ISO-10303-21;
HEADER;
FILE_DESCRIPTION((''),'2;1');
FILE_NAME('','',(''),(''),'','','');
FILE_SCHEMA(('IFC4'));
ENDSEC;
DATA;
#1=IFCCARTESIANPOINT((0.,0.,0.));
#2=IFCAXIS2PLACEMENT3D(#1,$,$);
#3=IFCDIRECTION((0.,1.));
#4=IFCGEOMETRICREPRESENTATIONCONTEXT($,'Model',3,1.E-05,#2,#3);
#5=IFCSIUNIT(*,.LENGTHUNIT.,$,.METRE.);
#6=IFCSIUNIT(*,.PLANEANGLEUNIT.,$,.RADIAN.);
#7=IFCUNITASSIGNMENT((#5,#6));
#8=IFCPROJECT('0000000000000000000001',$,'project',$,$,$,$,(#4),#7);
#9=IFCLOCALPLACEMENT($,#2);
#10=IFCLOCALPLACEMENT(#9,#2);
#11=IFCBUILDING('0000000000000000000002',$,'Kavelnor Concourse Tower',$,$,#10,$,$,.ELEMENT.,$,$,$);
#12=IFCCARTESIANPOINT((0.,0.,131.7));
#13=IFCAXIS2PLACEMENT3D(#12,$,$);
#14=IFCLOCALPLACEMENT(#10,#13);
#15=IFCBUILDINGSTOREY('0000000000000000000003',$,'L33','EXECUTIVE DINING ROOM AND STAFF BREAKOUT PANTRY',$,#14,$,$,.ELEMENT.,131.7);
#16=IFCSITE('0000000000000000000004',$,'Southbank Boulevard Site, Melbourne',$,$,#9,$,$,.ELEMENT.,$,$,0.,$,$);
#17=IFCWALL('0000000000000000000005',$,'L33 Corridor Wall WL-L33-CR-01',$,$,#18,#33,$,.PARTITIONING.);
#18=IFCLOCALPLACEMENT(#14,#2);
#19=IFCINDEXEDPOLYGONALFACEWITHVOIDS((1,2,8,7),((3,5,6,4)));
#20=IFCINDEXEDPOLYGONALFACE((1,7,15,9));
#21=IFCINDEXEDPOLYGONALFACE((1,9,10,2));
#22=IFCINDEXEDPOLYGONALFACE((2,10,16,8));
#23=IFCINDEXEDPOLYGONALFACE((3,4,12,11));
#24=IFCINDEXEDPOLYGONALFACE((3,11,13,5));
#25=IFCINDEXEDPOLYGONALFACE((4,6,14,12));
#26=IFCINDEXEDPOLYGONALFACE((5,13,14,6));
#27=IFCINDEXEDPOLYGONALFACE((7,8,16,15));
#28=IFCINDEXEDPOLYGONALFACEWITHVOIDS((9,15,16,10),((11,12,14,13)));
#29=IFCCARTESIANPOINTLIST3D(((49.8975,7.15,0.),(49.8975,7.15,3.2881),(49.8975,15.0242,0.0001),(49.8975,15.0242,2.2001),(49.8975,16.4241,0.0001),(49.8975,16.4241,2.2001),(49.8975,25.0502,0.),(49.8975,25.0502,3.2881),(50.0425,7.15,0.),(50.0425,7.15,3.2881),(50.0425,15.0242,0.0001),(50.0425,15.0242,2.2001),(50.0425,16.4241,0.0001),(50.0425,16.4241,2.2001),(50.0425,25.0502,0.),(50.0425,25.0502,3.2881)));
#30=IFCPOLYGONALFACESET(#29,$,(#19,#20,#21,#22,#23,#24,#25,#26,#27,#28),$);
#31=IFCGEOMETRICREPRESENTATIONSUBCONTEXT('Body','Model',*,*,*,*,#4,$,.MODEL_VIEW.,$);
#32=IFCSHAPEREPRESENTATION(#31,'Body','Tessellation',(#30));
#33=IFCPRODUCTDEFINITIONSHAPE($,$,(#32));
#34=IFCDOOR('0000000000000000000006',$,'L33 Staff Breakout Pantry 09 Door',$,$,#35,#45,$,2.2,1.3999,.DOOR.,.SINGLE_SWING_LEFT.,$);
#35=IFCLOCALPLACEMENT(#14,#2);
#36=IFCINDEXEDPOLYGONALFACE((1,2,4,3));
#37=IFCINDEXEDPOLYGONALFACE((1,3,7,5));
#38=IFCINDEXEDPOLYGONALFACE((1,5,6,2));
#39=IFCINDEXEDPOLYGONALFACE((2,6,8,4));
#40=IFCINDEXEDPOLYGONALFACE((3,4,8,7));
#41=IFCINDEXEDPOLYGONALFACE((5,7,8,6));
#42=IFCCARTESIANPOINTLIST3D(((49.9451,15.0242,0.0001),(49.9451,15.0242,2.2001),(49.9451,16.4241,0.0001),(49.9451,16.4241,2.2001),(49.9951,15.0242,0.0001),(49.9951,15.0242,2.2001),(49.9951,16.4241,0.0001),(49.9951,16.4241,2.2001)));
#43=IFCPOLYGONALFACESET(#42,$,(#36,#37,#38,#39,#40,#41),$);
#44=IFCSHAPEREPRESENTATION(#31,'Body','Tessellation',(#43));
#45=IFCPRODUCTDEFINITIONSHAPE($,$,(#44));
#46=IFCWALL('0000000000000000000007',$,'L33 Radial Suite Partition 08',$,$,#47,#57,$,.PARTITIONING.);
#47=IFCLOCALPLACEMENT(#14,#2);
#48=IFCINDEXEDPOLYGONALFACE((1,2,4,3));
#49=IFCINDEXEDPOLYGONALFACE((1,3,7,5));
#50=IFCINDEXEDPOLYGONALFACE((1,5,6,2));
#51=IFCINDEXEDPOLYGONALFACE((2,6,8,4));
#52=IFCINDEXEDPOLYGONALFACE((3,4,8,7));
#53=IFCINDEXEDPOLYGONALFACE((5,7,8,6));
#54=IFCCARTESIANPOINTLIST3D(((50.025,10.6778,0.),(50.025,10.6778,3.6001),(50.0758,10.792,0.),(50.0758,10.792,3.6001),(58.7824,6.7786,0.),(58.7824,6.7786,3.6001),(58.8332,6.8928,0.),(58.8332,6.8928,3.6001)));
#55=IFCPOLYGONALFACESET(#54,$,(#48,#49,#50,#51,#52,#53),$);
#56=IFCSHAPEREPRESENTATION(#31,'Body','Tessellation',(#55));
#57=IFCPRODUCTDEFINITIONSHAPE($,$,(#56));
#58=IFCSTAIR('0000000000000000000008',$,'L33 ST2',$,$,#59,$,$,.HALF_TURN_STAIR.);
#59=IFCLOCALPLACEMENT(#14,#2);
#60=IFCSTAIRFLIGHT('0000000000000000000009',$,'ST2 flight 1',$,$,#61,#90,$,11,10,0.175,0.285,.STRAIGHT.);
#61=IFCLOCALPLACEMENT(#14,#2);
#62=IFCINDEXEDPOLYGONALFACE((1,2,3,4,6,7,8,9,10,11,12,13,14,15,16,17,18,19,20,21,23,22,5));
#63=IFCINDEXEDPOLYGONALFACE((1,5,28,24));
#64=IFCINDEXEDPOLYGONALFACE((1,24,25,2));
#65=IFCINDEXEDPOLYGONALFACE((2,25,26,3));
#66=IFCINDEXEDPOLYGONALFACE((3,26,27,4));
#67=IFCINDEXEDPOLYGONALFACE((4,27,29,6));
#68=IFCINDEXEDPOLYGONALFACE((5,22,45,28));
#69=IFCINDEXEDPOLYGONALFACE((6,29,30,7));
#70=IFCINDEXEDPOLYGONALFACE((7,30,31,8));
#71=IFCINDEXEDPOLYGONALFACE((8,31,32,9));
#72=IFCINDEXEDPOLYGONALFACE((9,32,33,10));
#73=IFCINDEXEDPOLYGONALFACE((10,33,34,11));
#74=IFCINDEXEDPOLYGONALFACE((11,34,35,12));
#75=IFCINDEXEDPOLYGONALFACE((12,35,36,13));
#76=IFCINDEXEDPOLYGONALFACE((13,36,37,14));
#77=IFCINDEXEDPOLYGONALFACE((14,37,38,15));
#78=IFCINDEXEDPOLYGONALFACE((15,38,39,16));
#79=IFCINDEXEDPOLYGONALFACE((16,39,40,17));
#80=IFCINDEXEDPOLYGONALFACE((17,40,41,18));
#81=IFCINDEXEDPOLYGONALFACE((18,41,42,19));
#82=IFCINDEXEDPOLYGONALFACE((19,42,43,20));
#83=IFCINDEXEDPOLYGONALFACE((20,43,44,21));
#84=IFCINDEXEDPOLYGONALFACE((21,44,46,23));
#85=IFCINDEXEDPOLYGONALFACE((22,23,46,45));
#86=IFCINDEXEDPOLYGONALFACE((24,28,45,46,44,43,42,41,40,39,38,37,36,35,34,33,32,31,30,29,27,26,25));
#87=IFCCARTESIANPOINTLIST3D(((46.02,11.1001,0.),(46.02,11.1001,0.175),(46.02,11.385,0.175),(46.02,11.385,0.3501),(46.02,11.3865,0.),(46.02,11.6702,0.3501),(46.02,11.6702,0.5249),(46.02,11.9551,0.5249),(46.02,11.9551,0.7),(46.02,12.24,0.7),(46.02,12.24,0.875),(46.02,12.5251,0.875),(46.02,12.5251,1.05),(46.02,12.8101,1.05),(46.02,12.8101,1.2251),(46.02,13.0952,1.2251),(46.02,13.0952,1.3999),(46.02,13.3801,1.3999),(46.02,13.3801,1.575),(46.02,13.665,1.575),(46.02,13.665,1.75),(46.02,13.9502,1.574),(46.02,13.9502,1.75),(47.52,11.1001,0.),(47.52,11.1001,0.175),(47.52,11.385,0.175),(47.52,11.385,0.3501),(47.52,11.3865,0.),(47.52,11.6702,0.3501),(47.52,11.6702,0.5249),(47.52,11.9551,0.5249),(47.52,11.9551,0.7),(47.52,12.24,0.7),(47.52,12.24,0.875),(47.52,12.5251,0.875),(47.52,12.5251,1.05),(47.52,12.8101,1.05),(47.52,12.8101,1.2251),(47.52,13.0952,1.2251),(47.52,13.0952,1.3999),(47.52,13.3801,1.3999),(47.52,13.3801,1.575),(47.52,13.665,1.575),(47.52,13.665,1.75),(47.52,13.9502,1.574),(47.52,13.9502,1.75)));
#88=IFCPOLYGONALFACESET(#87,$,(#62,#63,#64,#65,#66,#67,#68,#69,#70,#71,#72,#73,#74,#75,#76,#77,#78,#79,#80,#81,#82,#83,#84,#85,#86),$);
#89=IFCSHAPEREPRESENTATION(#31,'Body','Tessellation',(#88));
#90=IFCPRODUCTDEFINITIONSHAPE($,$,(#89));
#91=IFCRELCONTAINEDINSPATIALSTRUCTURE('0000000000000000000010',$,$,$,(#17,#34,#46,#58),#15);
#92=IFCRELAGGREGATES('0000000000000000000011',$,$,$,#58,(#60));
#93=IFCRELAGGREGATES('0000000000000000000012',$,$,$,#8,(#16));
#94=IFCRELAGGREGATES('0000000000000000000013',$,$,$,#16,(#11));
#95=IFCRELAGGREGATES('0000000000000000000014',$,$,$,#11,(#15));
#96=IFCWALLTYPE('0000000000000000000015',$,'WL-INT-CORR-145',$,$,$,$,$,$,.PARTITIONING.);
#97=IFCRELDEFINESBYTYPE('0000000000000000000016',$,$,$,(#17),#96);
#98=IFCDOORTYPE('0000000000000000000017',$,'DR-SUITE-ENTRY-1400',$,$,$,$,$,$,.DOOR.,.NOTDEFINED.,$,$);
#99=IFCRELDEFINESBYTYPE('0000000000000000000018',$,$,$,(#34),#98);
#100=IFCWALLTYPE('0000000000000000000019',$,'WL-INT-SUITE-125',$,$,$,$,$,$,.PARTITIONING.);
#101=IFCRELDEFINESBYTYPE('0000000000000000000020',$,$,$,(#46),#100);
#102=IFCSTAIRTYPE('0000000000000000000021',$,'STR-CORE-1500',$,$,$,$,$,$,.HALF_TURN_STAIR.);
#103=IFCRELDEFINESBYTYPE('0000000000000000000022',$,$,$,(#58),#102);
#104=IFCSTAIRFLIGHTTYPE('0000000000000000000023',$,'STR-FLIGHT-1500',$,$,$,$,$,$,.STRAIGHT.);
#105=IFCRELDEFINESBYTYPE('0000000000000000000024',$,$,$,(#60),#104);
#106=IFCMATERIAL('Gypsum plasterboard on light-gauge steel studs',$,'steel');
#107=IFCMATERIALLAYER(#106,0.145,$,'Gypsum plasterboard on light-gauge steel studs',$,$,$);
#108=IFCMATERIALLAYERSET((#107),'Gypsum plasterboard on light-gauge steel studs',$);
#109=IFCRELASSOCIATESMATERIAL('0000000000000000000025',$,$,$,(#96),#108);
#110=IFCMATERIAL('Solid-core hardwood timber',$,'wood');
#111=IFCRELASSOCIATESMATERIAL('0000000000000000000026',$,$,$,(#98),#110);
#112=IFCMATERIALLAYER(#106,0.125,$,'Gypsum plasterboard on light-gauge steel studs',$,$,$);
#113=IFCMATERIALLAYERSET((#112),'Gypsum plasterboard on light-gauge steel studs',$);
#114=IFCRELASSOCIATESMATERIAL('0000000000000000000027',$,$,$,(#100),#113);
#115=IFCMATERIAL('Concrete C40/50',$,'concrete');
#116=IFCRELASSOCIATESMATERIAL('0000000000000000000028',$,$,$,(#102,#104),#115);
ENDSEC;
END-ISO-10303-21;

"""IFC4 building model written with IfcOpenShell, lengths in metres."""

from ifc_helpers import new_model, si_unit, direction, frame, frame_2d, origin, place, context, subcontext, project, spatial, polyline, rectangle, outline, extrude, material, layer, layer_set, type_object, element, fill, aggregate, save


model = new_model("IFC4")

# Units and contexts
model_context = context("Model", 3, precision=1e-05, world=origin(), true_north=direction((0.0, 1.0)))
body_context = subcontext(model_context, "Body", "Model", "MODEL_VIEW")
ifc_project = project(units=[si_unit("LENGTHUNIT", "METRE"), si_unit("PLANEANGLEUNIT", "RADIAN")], contexts=[model_context])

# Site, building, storey
site_placement = place(None, origin())
site = spatial("IfcSite", under=ifc_project, at=site_placement, Name="Southbank Boulevard Site, Melbourne", CompositionType="ELEMENT", RefElevation=0.0)
building_placement = place(site_placement, origin())
building = spatial("IfcBuilding", under=site, at=building_placement, Name="Kavelnor Concourse Tower", CompositionType="ELEMENT")
storey_placement = place(building_placement, frame((0.0, 0.0, 131.7)))
storey = spatial("IfcBuildingStorey", under=building, at=storey_placement, Name="L33", Description="EXECUTIVE DINING ROOM AND STAFF BREAKOUT PANTRY", CompositionType="ELEMENT", Elevation=131.7)

# Wall, opening, door
ifc_material_1 = material(Name="Gypsum plasterboard on light-gauge steel studs", Category="steel")
ifc_layer_1 = layer(ifc_material_1, 0.145, Name="Gypsum plasterboard on light-gauge steel studs")
ifc_layer_set_1 = layer_set([ifc_layer_1], Name="Gypsum plasterboard on light-gauge steel studs")
wall_type_1 = type_object("IfcWallType", Name="WL-INT-CORR-145", PredefinedType="PARTITIONING", material=ifc_layer_set_1)
wall_1_placement = place(storey_placement, frame((49.97, 7.1499, 0.0), z_axis=(0.0, 0.0, 1.0), x_axis=(0.0, 1.0, 0.0)))
wall_1 = element("IfcWall", 1, at=wall_1_placement, inside=storey, type_object=wall_type_1, Name="L33 Corridor Wall WL-L33-CR-01", PredefinedType="PARTITIONING", context=body_context, shape_type="SweptSolid", body=[
    extrude(rectangle(XDim=17.9001, YDim=0.145, at=frame_2d((8.9502, 0.0))), origin(), (0.0, 0.0, 1.0), 3.2881),
])
opening_1_placement = place(wall_1_placement, frame((7.8743, 0.0, 0.0)))
opening_1 = element("IfcOpeningElement", 2, at=opening_1_placement, cuts=wall_1, PredefinedType="OPENING", context=body_context, shape_type="SweptSolid", body=[
    extrude(rectangle(XDim=1.3999, YDim=2.2, at=frame_2d((0.7, 1.1001))), frame((0.0, 0.0825, 0.0), z_axis=(0.0, -1.0, 0.0), x_axis=(1.0, 0.0, 0.0)), (0.0, 0.0, 1.0), 0.165),
])
ifc_material_2 = material(Name="Solid-core hardwood timber", Category="wood")
door_type_1 = type_object("IfcDoorType", Name="DR-SUITE-ENTRY-1400", OperationType="NOTDEFINED", PredefinedType="DOOR", material=ifc_material_2)
door_1_placement = place(opening_1_placement, origin())
door_1 = element("IfcDoor", 3, at=door_1_placement, inside=storey, type_object=door_type_1, Name="L33 Staff Breakout Pantry 09 Door", OperationType="SINGLE_SWING_LEFT", OverallHeight=2.2, OverallWidth=1.3999, PredefinedType="DOOR", context=body_context, shape_type="SweptSolid", body=[
    extrude(rectangle(XDim=1.3999, YDim=2.2, at=frame_2d((0.7, 1.1001))), frame((0.0, 0.0249, 0.0), z_axis=(0.0, -1.0, 0.0), x_axis=(1.0, 0.0, 0.0)), (0.0, 0.0, 1.0), 0.05),
])
fill(opening_1, door_1)

# Wall
ifc_layer_2 = layer(ifc_material_1, 0.125, Name="Gypsum plasterboard on light-gauge steel studs")
ifc_layer_set_2 = layer_set([ifc_layer_2], Name="Gypsum plasterboard on light-gauge steel studs")
wall_type_2 = type_object("IfcWallType", Name="WL-INT-SUITE-125", PredefinedType="PARTITIONING", material=ifc_layer_set_2)
wall_2_placement = place(storey_placement, frame((50.0505, 10.7349, 0.0), z_axis=(0.0, 0.0, 1.0), x_axis=(0.913539, -0.40675, 0.0)))
element("IfcWall", 4, at=wall_2_placement, inside=storey, type_object=wall_type_2, Name="L33 Radial Suite Partition 08", PredefinedType="PARTITIONING", context=body_context, shape_type="SweptSolid", body=[
    extrude(rectangle(XDim=9.5862, YDim=0.125, at=frame_2d((4.793, 0.0))), origin(), (0.0, 0.0, 1.0), 3.6001),
])

# Stair, stair flight
ifc_material_3 = material(Name="Concrete C40/50", Category="concrete")
stair_type = type_object("IfcStairType", Name="STR-CORE-1500", PredefinedType="HALF_TURN_STAIR", material=ifc_material_3)
stair_placement = place(storey_placement, origin())
stair = element("IfcStair", 5, at=stair_placement, inside=storey, type_object=stair_type, Name="L33 ST2", PredefinedType="HALF_TURN_STAIR")
stair_flight_type = type_object("IfcStairFlightType", Name="STR-FLIGHT-1500", PredefinedType="STRAIGHT", material=ifc_material_3)
stair_flight_placement = place(storey_placement, frame((46.77, 11.1001, 0.0), z_axis=(0.0, 0.0, 1.0), x_axis=(0.0, 1.0, 0.0)))
stair_flight = element("IfcStairFlight", 6, at=stair_flight_placement, type_object=stair_flight_type, Name="ST2 flight 1", NumberOfRisers=11, NumberOfTreads=10, PredefinedType="STRAIGHT", RiserHeight=0.175, TreadLength=0.285, context=body_context, shape_type="SweptSolid", body=[
    extrude(outline(polyline([(0.0, 0.0), (0.0, 0.175), (0.2849, 0.175), (0.2849, 0.3501), (0.5701, 0.3501), (0.5701, 0.5249), (0.855, 0.5249), (0.855, 0.7), (1.1399, 0.7), (1.1399, 0.875), (1.425, 0.875), (1.425, 1.05), (1.71, 1.05), (1.71, 1.2251), (1.9951, 1.2251), (1.9951, 1.3999), (2.28, 1.3999), (2.28, 1.575), (2.5649, 1.575), (2.5649, 1.75), (2.8501, 1.75), (2.8501, 1.925), (2.8501, 1.574), (0.2864, 0.0), (0.0, 0.0)])), frame((0.0, 0.75, 0.0), z_axis=(0.0, -1.0, 0.0), x_axis=(1.0, 0.0, 0.0)), (0.0, 0.0, 1.0), 1.5),
])
aggregate(stair, [stair_flight])

save(model, "model.ifc")
